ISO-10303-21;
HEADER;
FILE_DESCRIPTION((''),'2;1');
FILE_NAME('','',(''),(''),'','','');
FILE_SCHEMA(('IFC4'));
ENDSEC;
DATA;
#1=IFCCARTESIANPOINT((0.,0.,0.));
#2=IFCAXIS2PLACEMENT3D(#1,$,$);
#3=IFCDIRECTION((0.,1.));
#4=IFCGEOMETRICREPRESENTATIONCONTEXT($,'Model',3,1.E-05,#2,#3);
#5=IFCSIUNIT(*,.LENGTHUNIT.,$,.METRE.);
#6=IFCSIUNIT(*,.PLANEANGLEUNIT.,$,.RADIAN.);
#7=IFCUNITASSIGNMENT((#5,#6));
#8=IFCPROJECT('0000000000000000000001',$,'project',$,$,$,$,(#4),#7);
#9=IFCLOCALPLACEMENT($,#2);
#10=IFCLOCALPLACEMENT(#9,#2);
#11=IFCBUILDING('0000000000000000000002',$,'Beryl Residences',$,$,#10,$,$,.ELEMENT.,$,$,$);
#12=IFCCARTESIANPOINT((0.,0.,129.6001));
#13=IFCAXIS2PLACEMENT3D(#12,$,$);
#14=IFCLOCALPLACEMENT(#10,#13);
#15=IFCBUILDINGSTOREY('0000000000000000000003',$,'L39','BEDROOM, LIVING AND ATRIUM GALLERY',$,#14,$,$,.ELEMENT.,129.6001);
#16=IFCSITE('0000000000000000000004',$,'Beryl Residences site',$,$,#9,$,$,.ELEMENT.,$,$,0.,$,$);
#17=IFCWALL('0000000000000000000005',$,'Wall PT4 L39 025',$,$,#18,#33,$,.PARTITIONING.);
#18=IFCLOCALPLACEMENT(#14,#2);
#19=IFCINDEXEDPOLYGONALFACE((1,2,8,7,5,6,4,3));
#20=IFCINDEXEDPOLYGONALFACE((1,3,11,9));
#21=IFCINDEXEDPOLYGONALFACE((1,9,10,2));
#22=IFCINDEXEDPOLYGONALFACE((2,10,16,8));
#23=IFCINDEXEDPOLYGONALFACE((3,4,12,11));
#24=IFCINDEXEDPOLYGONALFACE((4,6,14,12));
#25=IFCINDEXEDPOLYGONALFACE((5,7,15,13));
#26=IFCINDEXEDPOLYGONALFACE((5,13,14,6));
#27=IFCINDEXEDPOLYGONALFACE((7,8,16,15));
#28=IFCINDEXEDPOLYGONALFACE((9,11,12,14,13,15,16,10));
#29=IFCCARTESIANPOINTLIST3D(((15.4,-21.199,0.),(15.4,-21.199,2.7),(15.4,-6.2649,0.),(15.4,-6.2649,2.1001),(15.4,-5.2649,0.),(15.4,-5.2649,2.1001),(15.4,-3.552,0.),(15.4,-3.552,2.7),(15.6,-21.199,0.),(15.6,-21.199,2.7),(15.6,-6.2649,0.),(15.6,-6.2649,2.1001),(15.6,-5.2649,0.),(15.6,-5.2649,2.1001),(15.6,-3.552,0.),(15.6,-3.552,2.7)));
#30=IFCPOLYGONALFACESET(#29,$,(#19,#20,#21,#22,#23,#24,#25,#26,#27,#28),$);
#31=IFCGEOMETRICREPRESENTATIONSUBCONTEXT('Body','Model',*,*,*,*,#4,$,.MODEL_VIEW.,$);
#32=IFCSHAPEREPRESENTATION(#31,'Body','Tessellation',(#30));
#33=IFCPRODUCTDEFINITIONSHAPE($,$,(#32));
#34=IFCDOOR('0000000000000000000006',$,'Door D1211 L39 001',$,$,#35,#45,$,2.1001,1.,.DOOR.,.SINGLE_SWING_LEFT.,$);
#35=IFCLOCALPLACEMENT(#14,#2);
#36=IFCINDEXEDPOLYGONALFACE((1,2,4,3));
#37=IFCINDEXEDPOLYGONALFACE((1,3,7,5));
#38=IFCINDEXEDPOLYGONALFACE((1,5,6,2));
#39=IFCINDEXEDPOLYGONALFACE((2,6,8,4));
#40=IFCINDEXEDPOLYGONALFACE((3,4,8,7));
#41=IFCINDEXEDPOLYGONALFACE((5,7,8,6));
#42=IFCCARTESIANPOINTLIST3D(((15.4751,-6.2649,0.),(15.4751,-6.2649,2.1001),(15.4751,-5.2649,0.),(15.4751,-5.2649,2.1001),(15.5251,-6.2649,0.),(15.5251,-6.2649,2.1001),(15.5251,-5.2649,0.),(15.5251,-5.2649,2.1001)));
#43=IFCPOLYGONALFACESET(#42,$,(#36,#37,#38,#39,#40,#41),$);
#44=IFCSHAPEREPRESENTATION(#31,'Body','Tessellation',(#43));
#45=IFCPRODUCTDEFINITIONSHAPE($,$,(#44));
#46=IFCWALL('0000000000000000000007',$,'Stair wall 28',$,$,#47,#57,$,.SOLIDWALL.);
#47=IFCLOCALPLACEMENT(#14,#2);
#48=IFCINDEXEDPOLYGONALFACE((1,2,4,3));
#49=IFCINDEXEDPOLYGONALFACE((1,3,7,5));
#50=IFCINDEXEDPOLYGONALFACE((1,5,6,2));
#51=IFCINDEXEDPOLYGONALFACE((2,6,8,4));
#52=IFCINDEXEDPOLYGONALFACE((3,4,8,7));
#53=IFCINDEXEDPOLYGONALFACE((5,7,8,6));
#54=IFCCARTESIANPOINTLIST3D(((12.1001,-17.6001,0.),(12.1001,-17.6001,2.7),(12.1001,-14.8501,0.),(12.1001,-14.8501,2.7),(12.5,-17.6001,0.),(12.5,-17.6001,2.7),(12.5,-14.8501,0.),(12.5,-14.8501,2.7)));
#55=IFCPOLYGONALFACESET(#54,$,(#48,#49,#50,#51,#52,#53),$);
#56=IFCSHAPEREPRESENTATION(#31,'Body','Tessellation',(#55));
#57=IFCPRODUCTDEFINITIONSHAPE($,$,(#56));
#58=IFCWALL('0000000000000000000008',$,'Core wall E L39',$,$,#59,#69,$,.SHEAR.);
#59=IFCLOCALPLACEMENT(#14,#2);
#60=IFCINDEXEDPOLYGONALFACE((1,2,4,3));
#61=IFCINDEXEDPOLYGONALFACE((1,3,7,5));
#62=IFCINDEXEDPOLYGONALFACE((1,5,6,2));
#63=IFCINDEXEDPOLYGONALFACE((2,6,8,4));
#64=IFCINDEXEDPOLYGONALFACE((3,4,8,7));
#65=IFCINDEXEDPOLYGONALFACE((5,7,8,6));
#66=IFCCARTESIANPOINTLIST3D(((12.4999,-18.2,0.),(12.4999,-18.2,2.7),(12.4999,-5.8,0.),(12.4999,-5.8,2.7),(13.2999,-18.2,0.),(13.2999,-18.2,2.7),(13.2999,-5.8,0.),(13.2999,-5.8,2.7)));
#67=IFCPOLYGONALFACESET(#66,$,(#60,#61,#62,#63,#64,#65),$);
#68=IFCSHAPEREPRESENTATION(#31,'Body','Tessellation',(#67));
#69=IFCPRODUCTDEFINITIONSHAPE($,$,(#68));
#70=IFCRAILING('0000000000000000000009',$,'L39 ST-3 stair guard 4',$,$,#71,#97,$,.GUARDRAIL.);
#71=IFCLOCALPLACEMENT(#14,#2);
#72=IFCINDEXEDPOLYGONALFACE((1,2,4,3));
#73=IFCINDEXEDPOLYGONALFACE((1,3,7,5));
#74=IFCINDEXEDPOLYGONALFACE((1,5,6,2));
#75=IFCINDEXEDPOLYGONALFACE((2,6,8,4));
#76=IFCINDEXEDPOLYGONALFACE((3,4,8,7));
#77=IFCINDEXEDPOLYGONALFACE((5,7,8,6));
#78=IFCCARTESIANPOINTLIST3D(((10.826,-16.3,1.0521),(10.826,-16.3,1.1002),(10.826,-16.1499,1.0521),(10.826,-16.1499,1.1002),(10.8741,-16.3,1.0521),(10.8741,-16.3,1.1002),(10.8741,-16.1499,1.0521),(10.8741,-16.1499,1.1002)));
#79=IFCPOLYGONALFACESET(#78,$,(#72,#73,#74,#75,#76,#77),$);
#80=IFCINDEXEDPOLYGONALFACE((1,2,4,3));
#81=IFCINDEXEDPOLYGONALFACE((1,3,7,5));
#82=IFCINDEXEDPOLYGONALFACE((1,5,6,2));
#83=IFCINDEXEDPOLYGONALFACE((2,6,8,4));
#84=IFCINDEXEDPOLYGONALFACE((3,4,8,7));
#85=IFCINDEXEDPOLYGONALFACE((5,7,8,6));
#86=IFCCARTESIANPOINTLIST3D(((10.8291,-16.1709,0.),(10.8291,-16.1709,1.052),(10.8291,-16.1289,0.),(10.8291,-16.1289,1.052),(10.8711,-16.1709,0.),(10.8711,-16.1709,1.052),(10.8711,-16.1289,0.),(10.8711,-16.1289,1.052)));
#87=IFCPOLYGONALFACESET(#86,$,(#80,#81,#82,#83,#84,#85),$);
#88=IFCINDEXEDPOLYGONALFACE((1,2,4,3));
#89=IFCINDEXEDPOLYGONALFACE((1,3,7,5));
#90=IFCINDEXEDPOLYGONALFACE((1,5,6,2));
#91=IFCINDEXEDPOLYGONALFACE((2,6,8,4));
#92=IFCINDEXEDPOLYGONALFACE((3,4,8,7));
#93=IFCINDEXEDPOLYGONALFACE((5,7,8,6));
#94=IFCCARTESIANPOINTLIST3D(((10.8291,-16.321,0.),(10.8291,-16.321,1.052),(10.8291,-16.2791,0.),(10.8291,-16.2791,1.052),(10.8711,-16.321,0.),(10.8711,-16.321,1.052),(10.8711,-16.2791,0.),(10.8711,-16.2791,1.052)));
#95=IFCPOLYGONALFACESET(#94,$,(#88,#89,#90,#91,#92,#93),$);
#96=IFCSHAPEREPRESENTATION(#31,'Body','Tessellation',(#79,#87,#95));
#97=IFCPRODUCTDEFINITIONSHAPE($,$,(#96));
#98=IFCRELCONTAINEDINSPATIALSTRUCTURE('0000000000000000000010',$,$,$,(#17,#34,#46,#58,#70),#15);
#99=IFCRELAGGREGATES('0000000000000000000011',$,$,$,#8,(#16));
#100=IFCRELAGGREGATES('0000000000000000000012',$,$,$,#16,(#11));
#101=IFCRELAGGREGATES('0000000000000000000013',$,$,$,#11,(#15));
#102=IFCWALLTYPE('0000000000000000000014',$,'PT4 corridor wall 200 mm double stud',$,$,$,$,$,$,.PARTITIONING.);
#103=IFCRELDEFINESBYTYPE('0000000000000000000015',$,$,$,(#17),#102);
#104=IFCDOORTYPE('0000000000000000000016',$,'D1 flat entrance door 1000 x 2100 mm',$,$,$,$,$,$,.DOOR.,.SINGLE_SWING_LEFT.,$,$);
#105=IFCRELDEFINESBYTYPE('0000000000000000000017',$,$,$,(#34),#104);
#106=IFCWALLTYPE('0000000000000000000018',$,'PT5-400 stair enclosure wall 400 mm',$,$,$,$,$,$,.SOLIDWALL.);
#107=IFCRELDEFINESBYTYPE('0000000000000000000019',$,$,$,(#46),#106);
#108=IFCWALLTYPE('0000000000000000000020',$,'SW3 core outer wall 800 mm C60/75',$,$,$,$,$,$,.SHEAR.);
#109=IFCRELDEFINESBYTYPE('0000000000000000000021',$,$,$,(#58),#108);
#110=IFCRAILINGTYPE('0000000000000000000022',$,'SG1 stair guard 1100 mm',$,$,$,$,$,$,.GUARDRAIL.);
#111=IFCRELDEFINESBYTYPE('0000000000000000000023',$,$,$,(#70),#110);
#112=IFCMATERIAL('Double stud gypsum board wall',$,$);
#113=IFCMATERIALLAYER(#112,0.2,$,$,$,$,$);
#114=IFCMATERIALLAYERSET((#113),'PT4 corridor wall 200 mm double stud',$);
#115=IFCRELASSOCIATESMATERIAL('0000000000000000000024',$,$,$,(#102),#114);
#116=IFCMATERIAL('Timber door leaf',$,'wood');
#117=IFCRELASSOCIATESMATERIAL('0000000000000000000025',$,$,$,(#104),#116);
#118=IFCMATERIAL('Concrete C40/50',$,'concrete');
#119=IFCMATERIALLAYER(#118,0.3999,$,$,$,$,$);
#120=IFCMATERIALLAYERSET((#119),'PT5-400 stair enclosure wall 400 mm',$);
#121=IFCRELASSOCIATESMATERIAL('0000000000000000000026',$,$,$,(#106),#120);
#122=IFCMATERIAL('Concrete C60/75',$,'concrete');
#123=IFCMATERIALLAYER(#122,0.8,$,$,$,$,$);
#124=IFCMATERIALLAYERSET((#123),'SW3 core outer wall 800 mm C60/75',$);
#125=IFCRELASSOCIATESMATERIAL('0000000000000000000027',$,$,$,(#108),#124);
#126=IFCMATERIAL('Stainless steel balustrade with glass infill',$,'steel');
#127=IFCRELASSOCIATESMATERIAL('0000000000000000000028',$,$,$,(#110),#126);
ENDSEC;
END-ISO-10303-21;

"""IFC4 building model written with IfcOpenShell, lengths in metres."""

from ifc_helpers import new_model, si_unit, direction, frame, frame_2d, origin, origin_2d, place, context, subcontext, project, spatial, rectangle, extrude, material, layer, layer_set, type_object, element, fill, save


model = new_model("IFC4")

# Units and contexts
model_context = context("Model", 3, precision=1e-05, world=origin(), true_north=direction((0.0, 1.0)))
body_context = subcontext(model_context, "Body", "Model", "MODEL_VIEW")
ifc_project = project(units=[si_unit("LENGTHUNIT", "METRE"), si_unit("PLANEANGLEUNIT", "RADIAN")], contexts=[model_context])

# Site, building, storey
site_placement = place(None, origin())
site = spatial("IfcSite", under=ifc_project, at=site_placement, Name="Beryl Residences site", CompositionType="ELEMENT", RefElevation=0.0)
building_placement = place(site_placement, origin())
building = spatial("IfcBuilding", under=site, at=building_placement, Name="Beryl Residences", CompositionType="ELEMENT")
storey_placement = place(building_placement, frame((0.0, 0.0, 129.6001)))
storey = spatial("IfcBuildingStorey", under=building, at=storey_placement, Name="L39", Description="BEDROOM, LIVING AND ATRIUM GALLERY", CompositionType="ELEMENT", Elevation=129.6001)

# Wall, opening, door
ifc_material_1 = material(Name="Double stud gypsum board wall")
ifc_layer_1 = layer(ifc_material_1, 0.2)
ifc_layer_set_1 = layer_set([ifc_layer_1], Name="PT4 corridor wall 200 mm double stud")
wall_type_1 = type_object("IfcWallType", Name="PT4 corridor wall 200 mm double stud", PredefinedType="PARTITIONING", material=ifc_layer_set_1)
wall_1_placement = place(storey_placement, frame((15.5, -21.199, 0.0), z_axis=(0.0, 0.0, 1.0), x_axis=(0.0, 1.0, 0.0)))
wall_1 = element("IfcWall", 1, at=wall_1_placement, inside=storey, type_object=wall_type_1, Name="Wall PT4 L39 025", PredefinedType="PARTITIONING", context=body_context, shape_type="SweptSolid", body=[
    extrude(rectangle(XDim=17.647, YDim=0.2, at=frame_2d((8.8235, 0.0))), origin(), (0.0, 0.0, 1.0), 2.7),
])
opening_1_placement = place(wall_1_placement, frame((14.9341, 0.0, 0.0)))
opening_1 = element("IfcOpeningElement", 2, at=opening_1_placement, cuts=wall_1, PredefinedType="OPENING", context=body_context, shape_type="SweptSolid", body=[
    extrude(rectangle(XDim=1.0, YDim=2.1001, at=frame_2d((0.5, 1.05))), frame((0.0, 0.1099, 0.0), z_axis=(0.0, -1.0, 0.0), x_axis=(1.0, 0.0, 0.0)), (0.0, 0.0, 1.0), 0.22),
])
ifc_material_2 = material(Name="Timber door leaf", Category="wood")
door_type_1 = type_object("IfcDoorType", Name="D1 flat entrance door 1000 x 2100 mm", OperationType="SINGLE_SWING_LEFT", PredefinedType="DOOR", material=ifc_material_2)
door_1_placement = place(opening_1_placement, origin())
door_1 = element("IfcDoor", 3, at=door_1_placement, inside=storey, type_object=door_type_1, Name="Door D1211 L39 001", OperationType="SINGLE_SWING_LEFT", OverallHeight=2.1001, OverallWidth=1.0, PredefinedType="DOOR", context=body_context, shape_type="SweptSolid", body=[
    extrude(rectangle(XDim=1.0, YDim=2.1001, at=frame_2d((0.5, 1.05))), frame((0.0, 0.0249, 0.0), z_axis=(0.0, -1.0, 0.0), x_axis=(1.0, 0.0, 0.0)), (0.0, 0.0, 1.0), 0.05),
])
fill(opening_1, door_1)

# Walls
ifc_material_3 = material(Name="Concrete C40/50", Category="concrete")
ifc_layer_2 = layer(ifc_material_3, 0.3999)
ifc_layer_set_2 = layer_set([ifc_layer_2], Name="PT5-400 stair enclosure wall 400 mm")
wall_type_2 = type_object("IfcWallType", Name="PT5-400 stair enclosure wall 400 mm", PredefinedType="SOLIDWALL", material=ifc_layer_set_2)
wall_2_placement = place(storey_placement, frame((12.3, -17.6001, 0.0), z_axis=(0.0, 0.0, 1.0), x_axis=(0.0, 1.0, 0.0)))
element("IfcWall", 4, at=wall_2_placement, inside=storey, type_object=wall_type_2, Name="Stair wall 28", PredefinedType="SOLIDWALL", context=body_context, shape_type="SweptSolid", body=[
    extrude(rectangle(XDim=2.75, YDim=0.3999, at=frame_2d((1.375, 0.0))), origin(), (0.0, 0.0, 1.0), 2.7),
])
ifc_material_4 = material(Name="Concrete C60/75", Category="concrete")
ifc_layer_3 = layer(ifc_material_4, 0.8)
ifc_layer_set_3 = layer_set([ifc_layer_3], Name="SW3 core outer wall 800 mm C60/75")
wall_type_3 = type_object("IfcWallType", Name="SW3 core outer wall 800 mm C60/75", PredefinedType="SHEAR", material=ifc_layer_set_3)
wall_3_placement = place(storey_placement, frame((12.8999, -18.2, 0.0), z_axis=(0.0, 0.0, 1.0), x_axis=(0.0, 1.0, 0.0)))
element("IfcWall", 5, at=wall_3_placement, inside=storey, type_object=wall_type_3, Name="Core wall E L39", PredefinedType="SHEAR", context=body_context, shape_type="SweptSolid", body=[
    extrude(rectangle(XDim=12.3999, YDim=0.8, at=frame_2d((6.2, 0.0))), origin(), (0.0, 0.0, 1.0), 2.7),
])

# Railing
ifc_material_5 = material(Name="Stainless steel balustrade with glass infill", Category="steel")
railing_type = type_object("IfcRailingType", Name="SG1 stair guard 1100 mm", PredefinedType="GUARDRAIL", material=ifc_material_5)
railing_placement = place(storey_placement, frame((10.8501, -16.1499, 0.0)))
element("IfcRailing", 6, at=railing_placement, inside=storey, type_object=railing_type, Name="L39 ST-3 stair guard 4", PredefinedType="GUARDRAIL", context=body_context, shape_type="SweptSolid", body=[
    extrude(rectangle(XDim=0.0481, YDim=0.0481, at=origin_2d()), frame((0.0, 0.0, 1.0762), z_axis=(0.0, -1.0, 0.0), x_axis=(1.0, 0.0, 0.0)), (0.0, 0.0, 1.0), 0.1501),
    extrude(rectangle(XDim=0.042, YDim=0.042, at=origin_2d()), origin(), (0.0, 0.0, 1.0), 1.052),
    extrude(rectangle(XDim=0.042, YDim=0.042, at=origin_2d()), frame((0.0, -0.1501, 0.0)), (0.0, 0.0, 1.0), 1.052),
])

save(model, "model.ifc")
